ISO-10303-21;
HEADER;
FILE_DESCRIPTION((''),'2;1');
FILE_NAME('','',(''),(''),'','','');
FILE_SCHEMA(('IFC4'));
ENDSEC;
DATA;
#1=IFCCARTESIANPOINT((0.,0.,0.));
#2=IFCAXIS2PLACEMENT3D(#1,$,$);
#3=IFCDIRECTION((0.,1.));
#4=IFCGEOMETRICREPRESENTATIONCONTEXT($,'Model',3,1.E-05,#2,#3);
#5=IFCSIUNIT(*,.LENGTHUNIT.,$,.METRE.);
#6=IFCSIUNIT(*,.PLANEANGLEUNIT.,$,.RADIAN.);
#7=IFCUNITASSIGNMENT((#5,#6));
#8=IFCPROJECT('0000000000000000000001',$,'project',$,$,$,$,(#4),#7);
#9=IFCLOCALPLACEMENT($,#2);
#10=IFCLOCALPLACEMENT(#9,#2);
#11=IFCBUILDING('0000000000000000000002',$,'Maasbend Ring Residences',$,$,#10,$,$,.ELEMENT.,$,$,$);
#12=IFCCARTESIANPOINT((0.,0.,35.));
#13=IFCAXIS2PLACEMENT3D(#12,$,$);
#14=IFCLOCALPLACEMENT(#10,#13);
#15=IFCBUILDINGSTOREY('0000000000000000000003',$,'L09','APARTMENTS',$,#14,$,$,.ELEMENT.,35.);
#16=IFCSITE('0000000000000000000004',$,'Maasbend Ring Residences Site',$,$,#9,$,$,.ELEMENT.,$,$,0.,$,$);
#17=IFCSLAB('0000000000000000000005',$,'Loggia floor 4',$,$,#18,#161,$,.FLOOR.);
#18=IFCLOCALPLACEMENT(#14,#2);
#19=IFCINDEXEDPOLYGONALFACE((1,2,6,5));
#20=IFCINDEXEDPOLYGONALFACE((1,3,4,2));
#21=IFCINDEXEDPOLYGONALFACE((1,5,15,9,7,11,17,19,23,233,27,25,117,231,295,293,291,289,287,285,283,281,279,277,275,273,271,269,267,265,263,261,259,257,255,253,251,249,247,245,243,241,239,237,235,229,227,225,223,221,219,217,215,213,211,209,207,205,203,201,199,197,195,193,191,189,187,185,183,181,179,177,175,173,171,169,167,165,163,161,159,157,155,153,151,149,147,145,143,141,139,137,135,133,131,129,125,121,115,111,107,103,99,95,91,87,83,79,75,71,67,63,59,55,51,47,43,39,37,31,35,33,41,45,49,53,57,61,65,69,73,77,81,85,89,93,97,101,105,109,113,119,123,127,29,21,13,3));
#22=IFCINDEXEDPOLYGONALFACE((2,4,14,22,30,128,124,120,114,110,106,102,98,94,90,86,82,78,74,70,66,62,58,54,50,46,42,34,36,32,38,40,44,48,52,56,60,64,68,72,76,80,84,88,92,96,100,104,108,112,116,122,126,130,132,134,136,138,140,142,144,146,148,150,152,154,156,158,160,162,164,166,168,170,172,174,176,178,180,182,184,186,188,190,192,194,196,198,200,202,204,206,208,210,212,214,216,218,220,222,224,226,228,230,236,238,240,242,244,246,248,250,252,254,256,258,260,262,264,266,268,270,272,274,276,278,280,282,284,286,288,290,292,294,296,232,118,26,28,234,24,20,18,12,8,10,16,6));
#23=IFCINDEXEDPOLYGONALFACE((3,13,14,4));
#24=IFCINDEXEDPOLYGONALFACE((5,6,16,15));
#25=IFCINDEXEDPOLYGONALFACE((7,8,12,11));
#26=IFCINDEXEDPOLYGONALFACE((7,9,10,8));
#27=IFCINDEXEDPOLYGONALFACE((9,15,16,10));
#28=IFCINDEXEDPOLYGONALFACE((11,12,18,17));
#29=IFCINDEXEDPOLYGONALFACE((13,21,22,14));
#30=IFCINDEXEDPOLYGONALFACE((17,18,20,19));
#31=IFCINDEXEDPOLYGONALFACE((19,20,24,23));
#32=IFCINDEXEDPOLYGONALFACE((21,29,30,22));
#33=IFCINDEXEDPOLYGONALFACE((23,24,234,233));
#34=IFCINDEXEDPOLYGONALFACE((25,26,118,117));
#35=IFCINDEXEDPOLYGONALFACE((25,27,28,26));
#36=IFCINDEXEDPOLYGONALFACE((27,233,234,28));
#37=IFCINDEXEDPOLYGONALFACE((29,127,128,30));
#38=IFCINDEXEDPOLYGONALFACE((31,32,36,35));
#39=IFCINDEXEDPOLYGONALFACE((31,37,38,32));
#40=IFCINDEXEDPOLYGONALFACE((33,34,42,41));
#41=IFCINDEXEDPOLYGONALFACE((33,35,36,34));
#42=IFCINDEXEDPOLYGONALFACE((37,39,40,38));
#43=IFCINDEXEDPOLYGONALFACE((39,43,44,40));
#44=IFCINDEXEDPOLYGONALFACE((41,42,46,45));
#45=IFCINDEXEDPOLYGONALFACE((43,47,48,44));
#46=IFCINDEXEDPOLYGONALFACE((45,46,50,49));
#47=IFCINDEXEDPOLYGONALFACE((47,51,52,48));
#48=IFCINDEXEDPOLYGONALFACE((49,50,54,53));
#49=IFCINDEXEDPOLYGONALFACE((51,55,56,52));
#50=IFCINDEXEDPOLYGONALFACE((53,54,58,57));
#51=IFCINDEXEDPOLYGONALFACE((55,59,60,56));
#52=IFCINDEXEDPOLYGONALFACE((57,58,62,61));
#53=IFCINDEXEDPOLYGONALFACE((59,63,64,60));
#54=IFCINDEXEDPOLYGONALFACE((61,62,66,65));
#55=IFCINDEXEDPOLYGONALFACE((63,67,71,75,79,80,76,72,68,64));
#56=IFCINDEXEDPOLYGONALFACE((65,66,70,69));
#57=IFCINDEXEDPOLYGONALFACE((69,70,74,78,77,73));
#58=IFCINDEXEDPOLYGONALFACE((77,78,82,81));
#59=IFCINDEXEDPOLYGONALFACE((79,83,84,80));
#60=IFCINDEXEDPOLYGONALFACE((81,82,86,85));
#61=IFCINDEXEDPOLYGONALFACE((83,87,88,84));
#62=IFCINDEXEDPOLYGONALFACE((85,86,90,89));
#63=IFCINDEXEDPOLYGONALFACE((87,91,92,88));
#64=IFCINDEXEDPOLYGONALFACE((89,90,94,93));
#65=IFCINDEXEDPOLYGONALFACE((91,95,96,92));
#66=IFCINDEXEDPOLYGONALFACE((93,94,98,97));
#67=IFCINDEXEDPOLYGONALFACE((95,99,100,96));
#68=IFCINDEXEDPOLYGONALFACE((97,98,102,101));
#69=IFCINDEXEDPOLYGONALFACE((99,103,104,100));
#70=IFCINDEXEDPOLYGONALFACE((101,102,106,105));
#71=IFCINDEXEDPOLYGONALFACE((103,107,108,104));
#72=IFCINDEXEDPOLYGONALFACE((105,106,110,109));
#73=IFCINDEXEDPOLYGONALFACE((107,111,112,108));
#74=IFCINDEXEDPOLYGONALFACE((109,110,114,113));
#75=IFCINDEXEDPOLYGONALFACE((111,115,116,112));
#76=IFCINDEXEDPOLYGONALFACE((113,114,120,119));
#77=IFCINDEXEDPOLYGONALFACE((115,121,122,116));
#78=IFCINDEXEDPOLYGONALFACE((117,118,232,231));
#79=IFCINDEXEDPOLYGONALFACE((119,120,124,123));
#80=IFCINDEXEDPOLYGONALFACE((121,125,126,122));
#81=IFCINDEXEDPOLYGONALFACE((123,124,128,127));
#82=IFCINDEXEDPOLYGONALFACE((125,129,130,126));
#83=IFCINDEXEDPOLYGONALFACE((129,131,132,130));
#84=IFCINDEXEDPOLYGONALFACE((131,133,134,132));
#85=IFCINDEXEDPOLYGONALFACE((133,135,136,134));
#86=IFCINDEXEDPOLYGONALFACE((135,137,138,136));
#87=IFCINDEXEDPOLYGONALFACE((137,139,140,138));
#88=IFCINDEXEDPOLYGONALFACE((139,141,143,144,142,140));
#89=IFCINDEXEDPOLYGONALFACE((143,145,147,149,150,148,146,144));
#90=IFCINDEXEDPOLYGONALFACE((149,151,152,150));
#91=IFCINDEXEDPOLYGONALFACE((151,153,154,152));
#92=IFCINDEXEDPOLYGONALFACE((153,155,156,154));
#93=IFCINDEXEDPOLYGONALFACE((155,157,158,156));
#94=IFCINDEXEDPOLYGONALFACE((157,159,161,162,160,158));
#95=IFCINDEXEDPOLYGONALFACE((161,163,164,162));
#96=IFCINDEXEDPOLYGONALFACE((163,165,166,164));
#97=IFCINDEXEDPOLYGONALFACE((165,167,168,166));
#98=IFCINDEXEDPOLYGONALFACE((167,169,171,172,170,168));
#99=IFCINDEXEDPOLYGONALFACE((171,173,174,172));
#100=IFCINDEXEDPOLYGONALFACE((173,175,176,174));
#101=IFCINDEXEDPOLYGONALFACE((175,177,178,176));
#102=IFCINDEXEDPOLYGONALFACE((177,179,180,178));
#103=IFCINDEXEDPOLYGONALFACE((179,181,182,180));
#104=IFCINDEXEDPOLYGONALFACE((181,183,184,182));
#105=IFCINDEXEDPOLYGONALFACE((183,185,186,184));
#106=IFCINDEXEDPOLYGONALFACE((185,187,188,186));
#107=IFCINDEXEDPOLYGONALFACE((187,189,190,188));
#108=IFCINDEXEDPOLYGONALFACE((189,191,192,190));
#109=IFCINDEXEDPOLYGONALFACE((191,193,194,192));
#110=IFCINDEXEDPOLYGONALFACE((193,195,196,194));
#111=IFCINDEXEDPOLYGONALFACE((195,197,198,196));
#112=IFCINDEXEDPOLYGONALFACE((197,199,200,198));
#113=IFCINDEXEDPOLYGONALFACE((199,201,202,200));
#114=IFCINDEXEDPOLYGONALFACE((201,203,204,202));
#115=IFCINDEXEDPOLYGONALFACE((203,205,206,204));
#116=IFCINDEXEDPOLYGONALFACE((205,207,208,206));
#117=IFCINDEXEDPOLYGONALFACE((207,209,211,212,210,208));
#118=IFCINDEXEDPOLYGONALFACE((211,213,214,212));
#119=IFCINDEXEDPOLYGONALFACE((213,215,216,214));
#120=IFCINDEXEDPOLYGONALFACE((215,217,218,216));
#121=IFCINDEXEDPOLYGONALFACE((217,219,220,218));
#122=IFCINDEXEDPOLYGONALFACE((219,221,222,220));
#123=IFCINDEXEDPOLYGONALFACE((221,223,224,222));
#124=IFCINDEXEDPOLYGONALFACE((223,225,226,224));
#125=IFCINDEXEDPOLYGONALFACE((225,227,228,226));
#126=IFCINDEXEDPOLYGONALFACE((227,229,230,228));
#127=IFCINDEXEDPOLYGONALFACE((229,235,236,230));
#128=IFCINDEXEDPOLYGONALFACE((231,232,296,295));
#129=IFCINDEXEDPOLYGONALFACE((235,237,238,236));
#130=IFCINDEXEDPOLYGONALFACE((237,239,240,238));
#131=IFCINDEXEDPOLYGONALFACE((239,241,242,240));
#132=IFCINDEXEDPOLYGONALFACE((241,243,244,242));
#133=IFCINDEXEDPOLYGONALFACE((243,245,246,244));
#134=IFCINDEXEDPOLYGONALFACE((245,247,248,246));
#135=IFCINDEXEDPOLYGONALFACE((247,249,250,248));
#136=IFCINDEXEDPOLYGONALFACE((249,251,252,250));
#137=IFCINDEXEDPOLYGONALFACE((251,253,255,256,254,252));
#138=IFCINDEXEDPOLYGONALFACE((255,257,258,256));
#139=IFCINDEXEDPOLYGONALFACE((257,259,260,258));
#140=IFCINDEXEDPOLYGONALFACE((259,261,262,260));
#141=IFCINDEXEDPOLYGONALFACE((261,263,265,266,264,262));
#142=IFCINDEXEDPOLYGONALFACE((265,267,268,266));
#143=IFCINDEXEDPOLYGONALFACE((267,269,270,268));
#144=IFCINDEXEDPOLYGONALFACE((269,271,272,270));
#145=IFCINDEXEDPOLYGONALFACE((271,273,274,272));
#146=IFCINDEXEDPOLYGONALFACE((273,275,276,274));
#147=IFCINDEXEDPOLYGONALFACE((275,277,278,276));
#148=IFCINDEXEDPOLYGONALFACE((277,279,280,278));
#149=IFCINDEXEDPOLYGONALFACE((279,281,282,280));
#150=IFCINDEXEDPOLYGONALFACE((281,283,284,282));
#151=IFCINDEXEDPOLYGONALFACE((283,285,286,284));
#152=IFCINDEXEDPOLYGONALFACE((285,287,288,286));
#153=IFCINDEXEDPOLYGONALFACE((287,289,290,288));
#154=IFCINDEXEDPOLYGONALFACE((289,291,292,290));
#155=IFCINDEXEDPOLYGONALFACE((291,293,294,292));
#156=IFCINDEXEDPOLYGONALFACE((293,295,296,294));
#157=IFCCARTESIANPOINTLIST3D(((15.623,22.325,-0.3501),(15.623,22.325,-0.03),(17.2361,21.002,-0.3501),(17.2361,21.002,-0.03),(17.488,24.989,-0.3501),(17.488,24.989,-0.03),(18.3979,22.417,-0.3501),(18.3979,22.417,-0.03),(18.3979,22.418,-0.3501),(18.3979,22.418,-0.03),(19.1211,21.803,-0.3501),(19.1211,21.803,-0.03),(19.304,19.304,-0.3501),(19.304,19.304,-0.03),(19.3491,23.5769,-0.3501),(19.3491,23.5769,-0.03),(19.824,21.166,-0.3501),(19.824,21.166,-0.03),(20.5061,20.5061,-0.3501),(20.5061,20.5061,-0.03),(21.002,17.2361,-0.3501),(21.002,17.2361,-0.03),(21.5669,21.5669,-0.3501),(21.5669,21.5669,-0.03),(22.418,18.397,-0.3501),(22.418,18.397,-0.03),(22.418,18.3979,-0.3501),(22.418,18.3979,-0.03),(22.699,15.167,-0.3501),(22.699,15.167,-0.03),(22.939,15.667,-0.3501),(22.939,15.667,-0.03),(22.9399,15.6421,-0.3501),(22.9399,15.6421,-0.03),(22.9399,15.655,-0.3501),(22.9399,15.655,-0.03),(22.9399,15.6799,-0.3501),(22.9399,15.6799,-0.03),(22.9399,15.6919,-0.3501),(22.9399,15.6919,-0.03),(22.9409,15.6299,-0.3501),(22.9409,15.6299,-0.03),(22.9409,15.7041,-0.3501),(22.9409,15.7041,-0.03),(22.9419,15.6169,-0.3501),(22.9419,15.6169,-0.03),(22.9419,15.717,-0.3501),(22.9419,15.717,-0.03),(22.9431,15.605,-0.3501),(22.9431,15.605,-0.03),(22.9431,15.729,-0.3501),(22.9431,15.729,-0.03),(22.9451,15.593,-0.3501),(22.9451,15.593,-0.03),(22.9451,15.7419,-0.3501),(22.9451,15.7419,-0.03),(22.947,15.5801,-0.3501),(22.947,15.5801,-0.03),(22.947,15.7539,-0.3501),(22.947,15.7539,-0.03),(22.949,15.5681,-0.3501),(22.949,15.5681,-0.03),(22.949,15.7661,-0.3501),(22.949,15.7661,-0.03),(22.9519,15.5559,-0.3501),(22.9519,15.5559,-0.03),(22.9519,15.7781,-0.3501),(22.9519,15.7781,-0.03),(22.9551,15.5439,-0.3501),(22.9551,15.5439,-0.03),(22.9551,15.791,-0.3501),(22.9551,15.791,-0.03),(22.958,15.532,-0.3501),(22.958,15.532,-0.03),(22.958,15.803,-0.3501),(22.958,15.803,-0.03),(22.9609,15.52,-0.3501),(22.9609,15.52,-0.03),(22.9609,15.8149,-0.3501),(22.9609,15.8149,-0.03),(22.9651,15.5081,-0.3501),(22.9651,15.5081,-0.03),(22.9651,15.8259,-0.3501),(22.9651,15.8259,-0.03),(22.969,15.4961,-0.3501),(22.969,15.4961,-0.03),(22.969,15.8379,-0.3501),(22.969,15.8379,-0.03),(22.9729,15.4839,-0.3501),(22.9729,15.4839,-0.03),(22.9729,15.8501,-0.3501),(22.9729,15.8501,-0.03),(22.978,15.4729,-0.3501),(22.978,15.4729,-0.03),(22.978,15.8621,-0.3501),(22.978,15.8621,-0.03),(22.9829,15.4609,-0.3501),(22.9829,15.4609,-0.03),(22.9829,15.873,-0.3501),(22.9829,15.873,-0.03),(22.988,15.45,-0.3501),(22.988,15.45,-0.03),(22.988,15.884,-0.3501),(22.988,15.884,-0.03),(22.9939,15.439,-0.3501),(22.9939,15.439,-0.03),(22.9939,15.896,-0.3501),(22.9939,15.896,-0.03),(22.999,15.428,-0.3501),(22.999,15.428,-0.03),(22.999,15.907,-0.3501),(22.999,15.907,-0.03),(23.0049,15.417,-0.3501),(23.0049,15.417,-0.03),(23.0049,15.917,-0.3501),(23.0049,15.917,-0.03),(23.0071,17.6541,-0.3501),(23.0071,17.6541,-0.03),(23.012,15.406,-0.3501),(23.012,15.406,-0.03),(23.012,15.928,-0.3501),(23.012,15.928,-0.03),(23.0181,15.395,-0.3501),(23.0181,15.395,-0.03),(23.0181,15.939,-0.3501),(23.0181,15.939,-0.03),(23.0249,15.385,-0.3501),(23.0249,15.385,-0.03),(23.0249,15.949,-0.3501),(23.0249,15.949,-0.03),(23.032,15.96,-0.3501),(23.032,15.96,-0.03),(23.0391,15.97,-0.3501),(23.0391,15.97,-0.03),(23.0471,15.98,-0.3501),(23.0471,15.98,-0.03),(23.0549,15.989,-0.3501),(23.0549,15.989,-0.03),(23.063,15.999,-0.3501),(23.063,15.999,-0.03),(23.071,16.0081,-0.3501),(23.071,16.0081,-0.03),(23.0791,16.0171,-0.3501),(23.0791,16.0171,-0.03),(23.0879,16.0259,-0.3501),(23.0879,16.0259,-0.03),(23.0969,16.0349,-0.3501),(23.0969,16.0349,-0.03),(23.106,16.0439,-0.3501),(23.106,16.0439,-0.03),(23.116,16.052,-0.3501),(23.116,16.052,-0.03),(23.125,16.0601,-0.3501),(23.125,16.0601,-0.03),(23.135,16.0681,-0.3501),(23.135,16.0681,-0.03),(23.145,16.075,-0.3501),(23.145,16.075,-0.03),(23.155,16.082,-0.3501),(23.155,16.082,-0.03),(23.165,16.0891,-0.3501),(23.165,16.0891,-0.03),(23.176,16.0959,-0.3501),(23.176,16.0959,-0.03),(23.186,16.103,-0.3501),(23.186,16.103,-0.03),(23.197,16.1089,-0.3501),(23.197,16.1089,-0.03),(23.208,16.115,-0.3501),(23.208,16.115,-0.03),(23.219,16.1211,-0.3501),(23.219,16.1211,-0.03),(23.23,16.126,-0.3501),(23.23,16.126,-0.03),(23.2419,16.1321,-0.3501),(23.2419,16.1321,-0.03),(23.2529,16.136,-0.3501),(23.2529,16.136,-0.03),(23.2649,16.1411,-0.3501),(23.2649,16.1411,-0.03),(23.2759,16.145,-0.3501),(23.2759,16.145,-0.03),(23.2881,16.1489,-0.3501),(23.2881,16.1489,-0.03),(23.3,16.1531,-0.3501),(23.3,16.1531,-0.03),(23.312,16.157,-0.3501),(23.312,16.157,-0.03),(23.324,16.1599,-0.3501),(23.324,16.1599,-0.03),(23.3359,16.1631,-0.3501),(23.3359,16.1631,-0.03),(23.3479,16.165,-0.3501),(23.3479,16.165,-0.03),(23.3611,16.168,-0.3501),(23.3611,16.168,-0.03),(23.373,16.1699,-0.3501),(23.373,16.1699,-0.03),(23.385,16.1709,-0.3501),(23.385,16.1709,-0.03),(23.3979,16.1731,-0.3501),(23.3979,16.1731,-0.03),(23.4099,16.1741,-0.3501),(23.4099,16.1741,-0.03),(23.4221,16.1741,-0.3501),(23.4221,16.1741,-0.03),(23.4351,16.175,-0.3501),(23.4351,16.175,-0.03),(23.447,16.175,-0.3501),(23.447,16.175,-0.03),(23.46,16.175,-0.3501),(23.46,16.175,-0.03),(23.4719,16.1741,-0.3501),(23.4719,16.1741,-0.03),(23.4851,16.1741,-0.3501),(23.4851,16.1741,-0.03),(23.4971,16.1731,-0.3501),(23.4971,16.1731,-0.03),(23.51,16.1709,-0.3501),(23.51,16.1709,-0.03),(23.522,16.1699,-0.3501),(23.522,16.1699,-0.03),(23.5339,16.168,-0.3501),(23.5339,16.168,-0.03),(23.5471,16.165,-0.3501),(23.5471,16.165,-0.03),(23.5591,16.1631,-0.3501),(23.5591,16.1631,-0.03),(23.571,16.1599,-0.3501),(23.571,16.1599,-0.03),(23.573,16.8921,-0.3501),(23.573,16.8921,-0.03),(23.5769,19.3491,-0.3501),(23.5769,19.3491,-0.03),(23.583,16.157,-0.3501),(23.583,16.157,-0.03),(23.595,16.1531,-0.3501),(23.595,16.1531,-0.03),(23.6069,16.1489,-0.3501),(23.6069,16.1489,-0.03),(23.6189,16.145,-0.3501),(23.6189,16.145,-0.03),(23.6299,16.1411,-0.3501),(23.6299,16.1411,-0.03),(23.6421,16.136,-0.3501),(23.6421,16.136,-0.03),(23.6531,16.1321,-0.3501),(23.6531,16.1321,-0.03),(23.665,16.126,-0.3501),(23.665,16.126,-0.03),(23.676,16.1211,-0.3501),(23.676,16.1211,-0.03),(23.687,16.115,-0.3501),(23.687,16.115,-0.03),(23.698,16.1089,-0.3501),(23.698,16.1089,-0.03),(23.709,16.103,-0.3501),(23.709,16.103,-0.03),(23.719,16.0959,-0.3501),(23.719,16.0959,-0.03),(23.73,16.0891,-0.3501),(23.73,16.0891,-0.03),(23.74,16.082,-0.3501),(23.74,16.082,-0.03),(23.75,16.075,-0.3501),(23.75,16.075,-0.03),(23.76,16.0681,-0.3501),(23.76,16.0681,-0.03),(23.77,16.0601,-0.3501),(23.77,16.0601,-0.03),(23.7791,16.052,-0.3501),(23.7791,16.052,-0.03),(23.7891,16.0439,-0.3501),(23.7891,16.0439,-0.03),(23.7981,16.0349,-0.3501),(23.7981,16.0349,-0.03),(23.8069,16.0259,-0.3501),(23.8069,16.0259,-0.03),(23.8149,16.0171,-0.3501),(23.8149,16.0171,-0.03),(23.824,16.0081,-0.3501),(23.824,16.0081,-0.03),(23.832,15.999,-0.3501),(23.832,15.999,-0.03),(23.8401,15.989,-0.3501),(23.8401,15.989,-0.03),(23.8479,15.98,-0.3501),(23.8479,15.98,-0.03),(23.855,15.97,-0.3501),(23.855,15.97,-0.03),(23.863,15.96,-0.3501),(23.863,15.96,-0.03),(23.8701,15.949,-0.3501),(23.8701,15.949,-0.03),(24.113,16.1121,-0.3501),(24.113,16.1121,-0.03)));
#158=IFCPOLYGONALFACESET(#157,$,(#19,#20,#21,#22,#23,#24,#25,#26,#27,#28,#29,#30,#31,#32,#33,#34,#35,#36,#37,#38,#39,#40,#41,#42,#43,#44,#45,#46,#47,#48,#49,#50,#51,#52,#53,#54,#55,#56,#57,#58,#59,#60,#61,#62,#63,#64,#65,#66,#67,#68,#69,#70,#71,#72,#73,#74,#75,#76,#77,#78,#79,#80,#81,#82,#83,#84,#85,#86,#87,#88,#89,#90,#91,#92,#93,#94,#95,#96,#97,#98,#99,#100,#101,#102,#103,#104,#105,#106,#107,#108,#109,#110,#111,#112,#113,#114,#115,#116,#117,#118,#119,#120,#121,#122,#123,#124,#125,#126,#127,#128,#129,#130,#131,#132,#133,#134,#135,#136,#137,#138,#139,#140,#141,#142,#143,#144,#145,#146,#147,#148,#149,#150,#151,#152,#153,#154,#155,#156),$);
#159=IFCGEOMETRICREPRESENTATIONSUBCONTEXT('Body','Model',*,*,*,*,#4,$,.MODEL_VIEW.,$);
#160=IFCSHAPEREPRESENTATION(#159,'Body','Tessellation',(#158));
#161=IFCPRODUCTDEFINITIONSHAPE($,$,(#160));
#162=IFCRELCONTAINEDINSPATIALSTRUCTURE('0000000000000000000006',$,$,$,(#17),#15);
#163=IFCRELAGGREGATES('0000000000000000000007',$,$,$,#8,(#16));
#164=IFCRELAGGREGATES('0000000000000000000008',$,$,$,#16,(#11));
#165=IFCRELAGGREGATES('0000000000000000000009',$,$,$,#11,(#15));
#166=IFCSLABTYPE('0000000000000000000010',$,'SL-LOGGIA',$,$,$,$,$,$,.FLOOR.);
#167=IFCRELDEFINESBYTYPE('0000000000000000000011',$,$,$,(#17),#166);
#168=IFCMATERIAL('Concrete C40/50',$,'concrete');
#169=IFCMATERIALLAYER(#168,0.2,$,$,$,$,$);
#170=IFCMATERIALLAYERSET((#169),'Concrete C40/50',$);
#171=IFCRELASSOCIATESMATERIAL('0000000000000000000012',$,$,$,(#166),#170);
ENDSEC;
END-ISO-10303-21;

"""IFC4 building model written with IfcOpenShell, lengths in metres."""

from ifc_helpers import new_model, si_unit, direction, frame, origin, place, context, subcontext, project, spatial, polyline, outline, extrude, material, layer, layer_set, type_object, element, save


model = new_model("IFC4")

# Units and contexts
model_context = context("Model", 3, precision=1e-05, world=origin(), true_north=direction((0.0, 1.0)))
body_context = subcontext(model_context, "Body", "Model", "MODEL_VIEW")
ifc_project = project(units=[si_unit("LENGTHUNIT", "METRE"), si_unit("PLANEANGLEUNIT", "RADIAN")], contexts=[model_context])

# Site, building, storey
site_placement = place(None, origin())
site = spatial("IfcSite", under=ifc_project, at=site_placement, Name="Maasbend Ring Residences Site", CompositionType="ELEMENT", RefElevation=0.0)
building_placement = place(site_placement, origin())
building = spatial("IfcBuilding", under=site, at=building_placement, Name="Maasbend Ring Residences", CompositionType="ELEMENT")
storey_placement = place(building_placement, frame((0.0, 0.0, 35.0)))
storey = spatial("IfcBuildingStorey", under=building, at=storey_placement, Name="L09", Description="APARTMENTS", CompositionType="ELEMENT", Elevation=35.0)

# Slab
ifc_material_1 = material(Name="Concrete C40/50", Category="concrete")
ifc_layer_1 = layer(ifc_material_1, 0.2)
ifc_layer_set_1 = layer_set([ifc_layer_1], Name="Concrete C40/50")
slab_type_1 = type_object("IfcSlabType", Name="SL-LOGGIA", PredefinedType="FLOOR", material=ifc_layer_set_1)
slab_1_placement = place(storey_placement, frame((0.0, 0.0, -0.3501)))
element("IfcSlab", 1, at=slab_1_placement, inside=storey, type_object=slab_type_1, Name="Loggia floor 4", PredefinedType="FLOOR", context=body_context, shape_type="SweptSolid", body=[
    extrude(outline(polyline([(19.3491, 23.5769), (19.3491, 23.5769), (19.3491, 23.5769), (18.3979, 22.418), (18.3979, 22.418), (18.3979, 22.418), (18.3979, 22.418), (18.3979, 22.418), (18.3979, 22.417), (18.3979, 22.417), (18.3979, 22.417), (18.3979, 22.417), (18.3979, 22.417), (18.3979, 22.417), (18.3979, 22.417), (18.3979, 22.417), (18.3979, 22.417), (18.3979, 22.417), (18.3979, 22.417), (18.3979, 22.417), (19.1211, 21.803), (19.1211, 21.803), (19.824, 21.166), (19.824, 21.166), (20.5061, 20.5061), (20.5061, 20.5061), (20.5061, 20.5061), (20.5061, 20.5061), (20.5061, 20.5061), (20.5061, 20.5061), (20.5061, 20.5061), (20.5061, 20.5061), (20.5061, 20.5061), (20.5061, 20.5061), (20.5061, 20.5061), (20.5061, 20.5061), (20.5061, 20.5061), (20.5061, 20.5061), (20.5061, 20.5061), (20.5061, 20.5061), (20.5061, 20.5061), (21.5669, 21.5669), (21.5669, 21.5669), (21.5669, 21.5669), (23.5769, 19.3491), (23.5769, 19.3491), (23.5769, 19.3491), (22.418, 18.3979), (22.418, 18.3979), (22.418, 18.3979), (22.418, 18.3979), (22.418, 18.3979), (22.418, 18.3979), (22.418, 18.397), (22.418, 18.397), (22.418, 18.397), (22.418, 18.397), (22.418, 18.397), (22.418, 18.397), (22.418, 18.397), (22.418, 18.397), (22.418, 18.397), (22.418, 18.397), (22.418, 18.397), (23.0071, 17.6541), (23.0071, 17.6541), (23.573, 16.8921), (23.573, 16.8921), (24.113, 16.1121), (24.113, 16.1121), (24.113, 16.1121), (23.8701, 15.949), (23.8701, 15.949), (23.863, 15.96), (23.855, 15.97), (23.8479, 15.98), (23.8401, 15.989), (23.832, 15.999), (23.824, 16.0081), (23.8149, 16.0171), (23.8069, 16.0259), (23.7981, 16.0349), (23.7891, 16.0439), (23.7791, 16.052), (23.77, 16.0601), (23.76, 16.0681), (23.75, 16.075), (23.74, 16.082), (23.73, 16.0891), (23.719, 16.0959), (23.709, 16.103), (23.698, 16.1089), (23.687, 16.115), (23.676, 16.1211), (23.665, 16.126), (23.6531, 16.1321), (23.6421, 16.136), (23.6299, 16.1411), (23.6189, 16.145), (23.6069, 16.1489), (23.595, 16.1531), (23.583, 16.157), (23.571, 16.1599), (23.5591, 16.1631), (23.5471, 16.165), (23.5339, 16.168), (23.522, 16.1699), (23.51, 16.1709), (23.4971, 16.1731), (23.4851, 16.1741), (23.4719, 16.1741), (23.46, 16.175), (23.447, 16.175), (23.4351, 16.175), (23.4221, 16.1741), (23.4099, 16.1741), (23.3979, 16.1731), (23.385, 16.1709), (23.373, 16.1699), (23.3611, 16.168), (23.3479, 16.165), (23.3359, 16.1631), (23.324, 16.1599), (23.312, 16.157), (23.3, 16.1531), (23.2881, 16.1489), (23.2759, 16.145), (23.2649, 16.1411), (23.2529, 16.136), (23.2419, 16.1321), (23.23, 16.126), (23.219, 16.1211), (23.208, 16.115), (23.197, 16.1089), (23.186, 16.103), (23.176, 16.0959), (23.165, 16.0891), (23.155, 16.082), (23.145, 16.075), (23.135, 16.0681), (23.125, 16.0601), (23.116, 16.052), (23.106, 16.0439), (23.0969, 16.0349), (23.0879, 16.0259), (23.0791, 16.0171), (23.071, 16.0081), (23.063, 15.999), (23.0549, 15.989), (23.0471, 15.98), (23.0391, 15.97), (23.032, 15.96), (23.0249, 15.949), (23.0181, 15.939), (23.012, 15.928), (23.0049, 15.917), (22.999, 15.907), (22.9939, 15.896), (22.988, 15.884), (22.9829, 15.873), (22.978, 15.8621), (22.9729, 15.8501), (22.969, 15.8379), (22.9651, 15.8259), (22.9609, 15.8149), (22.958, 15.803), (22.9551, 15.791), (22.9519, 15.7781), (22.949, 15.7661), (22.947, 15.7539), (22.9451, 15.7419), (22.9431, 15.729), (22.9419, 15.717), (22.9409, 15.7041), (22.9399, 15.6919), (22.9399, 15.6799), (22.939, 15.667), (22.9399, 15.655), (22.9399, 15.6421), (22.9409, 15.6299), (22.9419, 15.6169), (22.9431, 15.605), (22.9451, 15.593), (22.947, 15.5801), (22.949, 15.5681), (22.9519, 15.5559), (22.9551, 15.5439), (22.958, 15.532), (22.9609, 15.52), (22.9651, 15.5081), (22.969, 15.4961), (22.9729, 15.4839), (22.978, 15.4729), (22.9829, 15.4609), (22.988, 15.45), (22.9939, 15.439), (22.999, 15.428), (23.0049, 15.417), (23.012, 15.406), (23.0181, 15.395), (23.0249, 15.385), (23.0249, 15.385), (22.699, 15.167), (22.699, 15.167), (22.699, 15.167), (21.002, 17.2361), (19.304, 19.304), (19.304, 19.304), (19.304, 19.304), (17.2361, 21.002), (15.623, 22.325), (15.623, 22.325), (15.623, 22.325), (17.488, 24.989), (17.488, 24.989), (17.488, 24.989), (19.3491, 23.5769)])), origin(), (0.0, 0.0, 1.0), 0.3201),
])

save(model, "model.ifc")
